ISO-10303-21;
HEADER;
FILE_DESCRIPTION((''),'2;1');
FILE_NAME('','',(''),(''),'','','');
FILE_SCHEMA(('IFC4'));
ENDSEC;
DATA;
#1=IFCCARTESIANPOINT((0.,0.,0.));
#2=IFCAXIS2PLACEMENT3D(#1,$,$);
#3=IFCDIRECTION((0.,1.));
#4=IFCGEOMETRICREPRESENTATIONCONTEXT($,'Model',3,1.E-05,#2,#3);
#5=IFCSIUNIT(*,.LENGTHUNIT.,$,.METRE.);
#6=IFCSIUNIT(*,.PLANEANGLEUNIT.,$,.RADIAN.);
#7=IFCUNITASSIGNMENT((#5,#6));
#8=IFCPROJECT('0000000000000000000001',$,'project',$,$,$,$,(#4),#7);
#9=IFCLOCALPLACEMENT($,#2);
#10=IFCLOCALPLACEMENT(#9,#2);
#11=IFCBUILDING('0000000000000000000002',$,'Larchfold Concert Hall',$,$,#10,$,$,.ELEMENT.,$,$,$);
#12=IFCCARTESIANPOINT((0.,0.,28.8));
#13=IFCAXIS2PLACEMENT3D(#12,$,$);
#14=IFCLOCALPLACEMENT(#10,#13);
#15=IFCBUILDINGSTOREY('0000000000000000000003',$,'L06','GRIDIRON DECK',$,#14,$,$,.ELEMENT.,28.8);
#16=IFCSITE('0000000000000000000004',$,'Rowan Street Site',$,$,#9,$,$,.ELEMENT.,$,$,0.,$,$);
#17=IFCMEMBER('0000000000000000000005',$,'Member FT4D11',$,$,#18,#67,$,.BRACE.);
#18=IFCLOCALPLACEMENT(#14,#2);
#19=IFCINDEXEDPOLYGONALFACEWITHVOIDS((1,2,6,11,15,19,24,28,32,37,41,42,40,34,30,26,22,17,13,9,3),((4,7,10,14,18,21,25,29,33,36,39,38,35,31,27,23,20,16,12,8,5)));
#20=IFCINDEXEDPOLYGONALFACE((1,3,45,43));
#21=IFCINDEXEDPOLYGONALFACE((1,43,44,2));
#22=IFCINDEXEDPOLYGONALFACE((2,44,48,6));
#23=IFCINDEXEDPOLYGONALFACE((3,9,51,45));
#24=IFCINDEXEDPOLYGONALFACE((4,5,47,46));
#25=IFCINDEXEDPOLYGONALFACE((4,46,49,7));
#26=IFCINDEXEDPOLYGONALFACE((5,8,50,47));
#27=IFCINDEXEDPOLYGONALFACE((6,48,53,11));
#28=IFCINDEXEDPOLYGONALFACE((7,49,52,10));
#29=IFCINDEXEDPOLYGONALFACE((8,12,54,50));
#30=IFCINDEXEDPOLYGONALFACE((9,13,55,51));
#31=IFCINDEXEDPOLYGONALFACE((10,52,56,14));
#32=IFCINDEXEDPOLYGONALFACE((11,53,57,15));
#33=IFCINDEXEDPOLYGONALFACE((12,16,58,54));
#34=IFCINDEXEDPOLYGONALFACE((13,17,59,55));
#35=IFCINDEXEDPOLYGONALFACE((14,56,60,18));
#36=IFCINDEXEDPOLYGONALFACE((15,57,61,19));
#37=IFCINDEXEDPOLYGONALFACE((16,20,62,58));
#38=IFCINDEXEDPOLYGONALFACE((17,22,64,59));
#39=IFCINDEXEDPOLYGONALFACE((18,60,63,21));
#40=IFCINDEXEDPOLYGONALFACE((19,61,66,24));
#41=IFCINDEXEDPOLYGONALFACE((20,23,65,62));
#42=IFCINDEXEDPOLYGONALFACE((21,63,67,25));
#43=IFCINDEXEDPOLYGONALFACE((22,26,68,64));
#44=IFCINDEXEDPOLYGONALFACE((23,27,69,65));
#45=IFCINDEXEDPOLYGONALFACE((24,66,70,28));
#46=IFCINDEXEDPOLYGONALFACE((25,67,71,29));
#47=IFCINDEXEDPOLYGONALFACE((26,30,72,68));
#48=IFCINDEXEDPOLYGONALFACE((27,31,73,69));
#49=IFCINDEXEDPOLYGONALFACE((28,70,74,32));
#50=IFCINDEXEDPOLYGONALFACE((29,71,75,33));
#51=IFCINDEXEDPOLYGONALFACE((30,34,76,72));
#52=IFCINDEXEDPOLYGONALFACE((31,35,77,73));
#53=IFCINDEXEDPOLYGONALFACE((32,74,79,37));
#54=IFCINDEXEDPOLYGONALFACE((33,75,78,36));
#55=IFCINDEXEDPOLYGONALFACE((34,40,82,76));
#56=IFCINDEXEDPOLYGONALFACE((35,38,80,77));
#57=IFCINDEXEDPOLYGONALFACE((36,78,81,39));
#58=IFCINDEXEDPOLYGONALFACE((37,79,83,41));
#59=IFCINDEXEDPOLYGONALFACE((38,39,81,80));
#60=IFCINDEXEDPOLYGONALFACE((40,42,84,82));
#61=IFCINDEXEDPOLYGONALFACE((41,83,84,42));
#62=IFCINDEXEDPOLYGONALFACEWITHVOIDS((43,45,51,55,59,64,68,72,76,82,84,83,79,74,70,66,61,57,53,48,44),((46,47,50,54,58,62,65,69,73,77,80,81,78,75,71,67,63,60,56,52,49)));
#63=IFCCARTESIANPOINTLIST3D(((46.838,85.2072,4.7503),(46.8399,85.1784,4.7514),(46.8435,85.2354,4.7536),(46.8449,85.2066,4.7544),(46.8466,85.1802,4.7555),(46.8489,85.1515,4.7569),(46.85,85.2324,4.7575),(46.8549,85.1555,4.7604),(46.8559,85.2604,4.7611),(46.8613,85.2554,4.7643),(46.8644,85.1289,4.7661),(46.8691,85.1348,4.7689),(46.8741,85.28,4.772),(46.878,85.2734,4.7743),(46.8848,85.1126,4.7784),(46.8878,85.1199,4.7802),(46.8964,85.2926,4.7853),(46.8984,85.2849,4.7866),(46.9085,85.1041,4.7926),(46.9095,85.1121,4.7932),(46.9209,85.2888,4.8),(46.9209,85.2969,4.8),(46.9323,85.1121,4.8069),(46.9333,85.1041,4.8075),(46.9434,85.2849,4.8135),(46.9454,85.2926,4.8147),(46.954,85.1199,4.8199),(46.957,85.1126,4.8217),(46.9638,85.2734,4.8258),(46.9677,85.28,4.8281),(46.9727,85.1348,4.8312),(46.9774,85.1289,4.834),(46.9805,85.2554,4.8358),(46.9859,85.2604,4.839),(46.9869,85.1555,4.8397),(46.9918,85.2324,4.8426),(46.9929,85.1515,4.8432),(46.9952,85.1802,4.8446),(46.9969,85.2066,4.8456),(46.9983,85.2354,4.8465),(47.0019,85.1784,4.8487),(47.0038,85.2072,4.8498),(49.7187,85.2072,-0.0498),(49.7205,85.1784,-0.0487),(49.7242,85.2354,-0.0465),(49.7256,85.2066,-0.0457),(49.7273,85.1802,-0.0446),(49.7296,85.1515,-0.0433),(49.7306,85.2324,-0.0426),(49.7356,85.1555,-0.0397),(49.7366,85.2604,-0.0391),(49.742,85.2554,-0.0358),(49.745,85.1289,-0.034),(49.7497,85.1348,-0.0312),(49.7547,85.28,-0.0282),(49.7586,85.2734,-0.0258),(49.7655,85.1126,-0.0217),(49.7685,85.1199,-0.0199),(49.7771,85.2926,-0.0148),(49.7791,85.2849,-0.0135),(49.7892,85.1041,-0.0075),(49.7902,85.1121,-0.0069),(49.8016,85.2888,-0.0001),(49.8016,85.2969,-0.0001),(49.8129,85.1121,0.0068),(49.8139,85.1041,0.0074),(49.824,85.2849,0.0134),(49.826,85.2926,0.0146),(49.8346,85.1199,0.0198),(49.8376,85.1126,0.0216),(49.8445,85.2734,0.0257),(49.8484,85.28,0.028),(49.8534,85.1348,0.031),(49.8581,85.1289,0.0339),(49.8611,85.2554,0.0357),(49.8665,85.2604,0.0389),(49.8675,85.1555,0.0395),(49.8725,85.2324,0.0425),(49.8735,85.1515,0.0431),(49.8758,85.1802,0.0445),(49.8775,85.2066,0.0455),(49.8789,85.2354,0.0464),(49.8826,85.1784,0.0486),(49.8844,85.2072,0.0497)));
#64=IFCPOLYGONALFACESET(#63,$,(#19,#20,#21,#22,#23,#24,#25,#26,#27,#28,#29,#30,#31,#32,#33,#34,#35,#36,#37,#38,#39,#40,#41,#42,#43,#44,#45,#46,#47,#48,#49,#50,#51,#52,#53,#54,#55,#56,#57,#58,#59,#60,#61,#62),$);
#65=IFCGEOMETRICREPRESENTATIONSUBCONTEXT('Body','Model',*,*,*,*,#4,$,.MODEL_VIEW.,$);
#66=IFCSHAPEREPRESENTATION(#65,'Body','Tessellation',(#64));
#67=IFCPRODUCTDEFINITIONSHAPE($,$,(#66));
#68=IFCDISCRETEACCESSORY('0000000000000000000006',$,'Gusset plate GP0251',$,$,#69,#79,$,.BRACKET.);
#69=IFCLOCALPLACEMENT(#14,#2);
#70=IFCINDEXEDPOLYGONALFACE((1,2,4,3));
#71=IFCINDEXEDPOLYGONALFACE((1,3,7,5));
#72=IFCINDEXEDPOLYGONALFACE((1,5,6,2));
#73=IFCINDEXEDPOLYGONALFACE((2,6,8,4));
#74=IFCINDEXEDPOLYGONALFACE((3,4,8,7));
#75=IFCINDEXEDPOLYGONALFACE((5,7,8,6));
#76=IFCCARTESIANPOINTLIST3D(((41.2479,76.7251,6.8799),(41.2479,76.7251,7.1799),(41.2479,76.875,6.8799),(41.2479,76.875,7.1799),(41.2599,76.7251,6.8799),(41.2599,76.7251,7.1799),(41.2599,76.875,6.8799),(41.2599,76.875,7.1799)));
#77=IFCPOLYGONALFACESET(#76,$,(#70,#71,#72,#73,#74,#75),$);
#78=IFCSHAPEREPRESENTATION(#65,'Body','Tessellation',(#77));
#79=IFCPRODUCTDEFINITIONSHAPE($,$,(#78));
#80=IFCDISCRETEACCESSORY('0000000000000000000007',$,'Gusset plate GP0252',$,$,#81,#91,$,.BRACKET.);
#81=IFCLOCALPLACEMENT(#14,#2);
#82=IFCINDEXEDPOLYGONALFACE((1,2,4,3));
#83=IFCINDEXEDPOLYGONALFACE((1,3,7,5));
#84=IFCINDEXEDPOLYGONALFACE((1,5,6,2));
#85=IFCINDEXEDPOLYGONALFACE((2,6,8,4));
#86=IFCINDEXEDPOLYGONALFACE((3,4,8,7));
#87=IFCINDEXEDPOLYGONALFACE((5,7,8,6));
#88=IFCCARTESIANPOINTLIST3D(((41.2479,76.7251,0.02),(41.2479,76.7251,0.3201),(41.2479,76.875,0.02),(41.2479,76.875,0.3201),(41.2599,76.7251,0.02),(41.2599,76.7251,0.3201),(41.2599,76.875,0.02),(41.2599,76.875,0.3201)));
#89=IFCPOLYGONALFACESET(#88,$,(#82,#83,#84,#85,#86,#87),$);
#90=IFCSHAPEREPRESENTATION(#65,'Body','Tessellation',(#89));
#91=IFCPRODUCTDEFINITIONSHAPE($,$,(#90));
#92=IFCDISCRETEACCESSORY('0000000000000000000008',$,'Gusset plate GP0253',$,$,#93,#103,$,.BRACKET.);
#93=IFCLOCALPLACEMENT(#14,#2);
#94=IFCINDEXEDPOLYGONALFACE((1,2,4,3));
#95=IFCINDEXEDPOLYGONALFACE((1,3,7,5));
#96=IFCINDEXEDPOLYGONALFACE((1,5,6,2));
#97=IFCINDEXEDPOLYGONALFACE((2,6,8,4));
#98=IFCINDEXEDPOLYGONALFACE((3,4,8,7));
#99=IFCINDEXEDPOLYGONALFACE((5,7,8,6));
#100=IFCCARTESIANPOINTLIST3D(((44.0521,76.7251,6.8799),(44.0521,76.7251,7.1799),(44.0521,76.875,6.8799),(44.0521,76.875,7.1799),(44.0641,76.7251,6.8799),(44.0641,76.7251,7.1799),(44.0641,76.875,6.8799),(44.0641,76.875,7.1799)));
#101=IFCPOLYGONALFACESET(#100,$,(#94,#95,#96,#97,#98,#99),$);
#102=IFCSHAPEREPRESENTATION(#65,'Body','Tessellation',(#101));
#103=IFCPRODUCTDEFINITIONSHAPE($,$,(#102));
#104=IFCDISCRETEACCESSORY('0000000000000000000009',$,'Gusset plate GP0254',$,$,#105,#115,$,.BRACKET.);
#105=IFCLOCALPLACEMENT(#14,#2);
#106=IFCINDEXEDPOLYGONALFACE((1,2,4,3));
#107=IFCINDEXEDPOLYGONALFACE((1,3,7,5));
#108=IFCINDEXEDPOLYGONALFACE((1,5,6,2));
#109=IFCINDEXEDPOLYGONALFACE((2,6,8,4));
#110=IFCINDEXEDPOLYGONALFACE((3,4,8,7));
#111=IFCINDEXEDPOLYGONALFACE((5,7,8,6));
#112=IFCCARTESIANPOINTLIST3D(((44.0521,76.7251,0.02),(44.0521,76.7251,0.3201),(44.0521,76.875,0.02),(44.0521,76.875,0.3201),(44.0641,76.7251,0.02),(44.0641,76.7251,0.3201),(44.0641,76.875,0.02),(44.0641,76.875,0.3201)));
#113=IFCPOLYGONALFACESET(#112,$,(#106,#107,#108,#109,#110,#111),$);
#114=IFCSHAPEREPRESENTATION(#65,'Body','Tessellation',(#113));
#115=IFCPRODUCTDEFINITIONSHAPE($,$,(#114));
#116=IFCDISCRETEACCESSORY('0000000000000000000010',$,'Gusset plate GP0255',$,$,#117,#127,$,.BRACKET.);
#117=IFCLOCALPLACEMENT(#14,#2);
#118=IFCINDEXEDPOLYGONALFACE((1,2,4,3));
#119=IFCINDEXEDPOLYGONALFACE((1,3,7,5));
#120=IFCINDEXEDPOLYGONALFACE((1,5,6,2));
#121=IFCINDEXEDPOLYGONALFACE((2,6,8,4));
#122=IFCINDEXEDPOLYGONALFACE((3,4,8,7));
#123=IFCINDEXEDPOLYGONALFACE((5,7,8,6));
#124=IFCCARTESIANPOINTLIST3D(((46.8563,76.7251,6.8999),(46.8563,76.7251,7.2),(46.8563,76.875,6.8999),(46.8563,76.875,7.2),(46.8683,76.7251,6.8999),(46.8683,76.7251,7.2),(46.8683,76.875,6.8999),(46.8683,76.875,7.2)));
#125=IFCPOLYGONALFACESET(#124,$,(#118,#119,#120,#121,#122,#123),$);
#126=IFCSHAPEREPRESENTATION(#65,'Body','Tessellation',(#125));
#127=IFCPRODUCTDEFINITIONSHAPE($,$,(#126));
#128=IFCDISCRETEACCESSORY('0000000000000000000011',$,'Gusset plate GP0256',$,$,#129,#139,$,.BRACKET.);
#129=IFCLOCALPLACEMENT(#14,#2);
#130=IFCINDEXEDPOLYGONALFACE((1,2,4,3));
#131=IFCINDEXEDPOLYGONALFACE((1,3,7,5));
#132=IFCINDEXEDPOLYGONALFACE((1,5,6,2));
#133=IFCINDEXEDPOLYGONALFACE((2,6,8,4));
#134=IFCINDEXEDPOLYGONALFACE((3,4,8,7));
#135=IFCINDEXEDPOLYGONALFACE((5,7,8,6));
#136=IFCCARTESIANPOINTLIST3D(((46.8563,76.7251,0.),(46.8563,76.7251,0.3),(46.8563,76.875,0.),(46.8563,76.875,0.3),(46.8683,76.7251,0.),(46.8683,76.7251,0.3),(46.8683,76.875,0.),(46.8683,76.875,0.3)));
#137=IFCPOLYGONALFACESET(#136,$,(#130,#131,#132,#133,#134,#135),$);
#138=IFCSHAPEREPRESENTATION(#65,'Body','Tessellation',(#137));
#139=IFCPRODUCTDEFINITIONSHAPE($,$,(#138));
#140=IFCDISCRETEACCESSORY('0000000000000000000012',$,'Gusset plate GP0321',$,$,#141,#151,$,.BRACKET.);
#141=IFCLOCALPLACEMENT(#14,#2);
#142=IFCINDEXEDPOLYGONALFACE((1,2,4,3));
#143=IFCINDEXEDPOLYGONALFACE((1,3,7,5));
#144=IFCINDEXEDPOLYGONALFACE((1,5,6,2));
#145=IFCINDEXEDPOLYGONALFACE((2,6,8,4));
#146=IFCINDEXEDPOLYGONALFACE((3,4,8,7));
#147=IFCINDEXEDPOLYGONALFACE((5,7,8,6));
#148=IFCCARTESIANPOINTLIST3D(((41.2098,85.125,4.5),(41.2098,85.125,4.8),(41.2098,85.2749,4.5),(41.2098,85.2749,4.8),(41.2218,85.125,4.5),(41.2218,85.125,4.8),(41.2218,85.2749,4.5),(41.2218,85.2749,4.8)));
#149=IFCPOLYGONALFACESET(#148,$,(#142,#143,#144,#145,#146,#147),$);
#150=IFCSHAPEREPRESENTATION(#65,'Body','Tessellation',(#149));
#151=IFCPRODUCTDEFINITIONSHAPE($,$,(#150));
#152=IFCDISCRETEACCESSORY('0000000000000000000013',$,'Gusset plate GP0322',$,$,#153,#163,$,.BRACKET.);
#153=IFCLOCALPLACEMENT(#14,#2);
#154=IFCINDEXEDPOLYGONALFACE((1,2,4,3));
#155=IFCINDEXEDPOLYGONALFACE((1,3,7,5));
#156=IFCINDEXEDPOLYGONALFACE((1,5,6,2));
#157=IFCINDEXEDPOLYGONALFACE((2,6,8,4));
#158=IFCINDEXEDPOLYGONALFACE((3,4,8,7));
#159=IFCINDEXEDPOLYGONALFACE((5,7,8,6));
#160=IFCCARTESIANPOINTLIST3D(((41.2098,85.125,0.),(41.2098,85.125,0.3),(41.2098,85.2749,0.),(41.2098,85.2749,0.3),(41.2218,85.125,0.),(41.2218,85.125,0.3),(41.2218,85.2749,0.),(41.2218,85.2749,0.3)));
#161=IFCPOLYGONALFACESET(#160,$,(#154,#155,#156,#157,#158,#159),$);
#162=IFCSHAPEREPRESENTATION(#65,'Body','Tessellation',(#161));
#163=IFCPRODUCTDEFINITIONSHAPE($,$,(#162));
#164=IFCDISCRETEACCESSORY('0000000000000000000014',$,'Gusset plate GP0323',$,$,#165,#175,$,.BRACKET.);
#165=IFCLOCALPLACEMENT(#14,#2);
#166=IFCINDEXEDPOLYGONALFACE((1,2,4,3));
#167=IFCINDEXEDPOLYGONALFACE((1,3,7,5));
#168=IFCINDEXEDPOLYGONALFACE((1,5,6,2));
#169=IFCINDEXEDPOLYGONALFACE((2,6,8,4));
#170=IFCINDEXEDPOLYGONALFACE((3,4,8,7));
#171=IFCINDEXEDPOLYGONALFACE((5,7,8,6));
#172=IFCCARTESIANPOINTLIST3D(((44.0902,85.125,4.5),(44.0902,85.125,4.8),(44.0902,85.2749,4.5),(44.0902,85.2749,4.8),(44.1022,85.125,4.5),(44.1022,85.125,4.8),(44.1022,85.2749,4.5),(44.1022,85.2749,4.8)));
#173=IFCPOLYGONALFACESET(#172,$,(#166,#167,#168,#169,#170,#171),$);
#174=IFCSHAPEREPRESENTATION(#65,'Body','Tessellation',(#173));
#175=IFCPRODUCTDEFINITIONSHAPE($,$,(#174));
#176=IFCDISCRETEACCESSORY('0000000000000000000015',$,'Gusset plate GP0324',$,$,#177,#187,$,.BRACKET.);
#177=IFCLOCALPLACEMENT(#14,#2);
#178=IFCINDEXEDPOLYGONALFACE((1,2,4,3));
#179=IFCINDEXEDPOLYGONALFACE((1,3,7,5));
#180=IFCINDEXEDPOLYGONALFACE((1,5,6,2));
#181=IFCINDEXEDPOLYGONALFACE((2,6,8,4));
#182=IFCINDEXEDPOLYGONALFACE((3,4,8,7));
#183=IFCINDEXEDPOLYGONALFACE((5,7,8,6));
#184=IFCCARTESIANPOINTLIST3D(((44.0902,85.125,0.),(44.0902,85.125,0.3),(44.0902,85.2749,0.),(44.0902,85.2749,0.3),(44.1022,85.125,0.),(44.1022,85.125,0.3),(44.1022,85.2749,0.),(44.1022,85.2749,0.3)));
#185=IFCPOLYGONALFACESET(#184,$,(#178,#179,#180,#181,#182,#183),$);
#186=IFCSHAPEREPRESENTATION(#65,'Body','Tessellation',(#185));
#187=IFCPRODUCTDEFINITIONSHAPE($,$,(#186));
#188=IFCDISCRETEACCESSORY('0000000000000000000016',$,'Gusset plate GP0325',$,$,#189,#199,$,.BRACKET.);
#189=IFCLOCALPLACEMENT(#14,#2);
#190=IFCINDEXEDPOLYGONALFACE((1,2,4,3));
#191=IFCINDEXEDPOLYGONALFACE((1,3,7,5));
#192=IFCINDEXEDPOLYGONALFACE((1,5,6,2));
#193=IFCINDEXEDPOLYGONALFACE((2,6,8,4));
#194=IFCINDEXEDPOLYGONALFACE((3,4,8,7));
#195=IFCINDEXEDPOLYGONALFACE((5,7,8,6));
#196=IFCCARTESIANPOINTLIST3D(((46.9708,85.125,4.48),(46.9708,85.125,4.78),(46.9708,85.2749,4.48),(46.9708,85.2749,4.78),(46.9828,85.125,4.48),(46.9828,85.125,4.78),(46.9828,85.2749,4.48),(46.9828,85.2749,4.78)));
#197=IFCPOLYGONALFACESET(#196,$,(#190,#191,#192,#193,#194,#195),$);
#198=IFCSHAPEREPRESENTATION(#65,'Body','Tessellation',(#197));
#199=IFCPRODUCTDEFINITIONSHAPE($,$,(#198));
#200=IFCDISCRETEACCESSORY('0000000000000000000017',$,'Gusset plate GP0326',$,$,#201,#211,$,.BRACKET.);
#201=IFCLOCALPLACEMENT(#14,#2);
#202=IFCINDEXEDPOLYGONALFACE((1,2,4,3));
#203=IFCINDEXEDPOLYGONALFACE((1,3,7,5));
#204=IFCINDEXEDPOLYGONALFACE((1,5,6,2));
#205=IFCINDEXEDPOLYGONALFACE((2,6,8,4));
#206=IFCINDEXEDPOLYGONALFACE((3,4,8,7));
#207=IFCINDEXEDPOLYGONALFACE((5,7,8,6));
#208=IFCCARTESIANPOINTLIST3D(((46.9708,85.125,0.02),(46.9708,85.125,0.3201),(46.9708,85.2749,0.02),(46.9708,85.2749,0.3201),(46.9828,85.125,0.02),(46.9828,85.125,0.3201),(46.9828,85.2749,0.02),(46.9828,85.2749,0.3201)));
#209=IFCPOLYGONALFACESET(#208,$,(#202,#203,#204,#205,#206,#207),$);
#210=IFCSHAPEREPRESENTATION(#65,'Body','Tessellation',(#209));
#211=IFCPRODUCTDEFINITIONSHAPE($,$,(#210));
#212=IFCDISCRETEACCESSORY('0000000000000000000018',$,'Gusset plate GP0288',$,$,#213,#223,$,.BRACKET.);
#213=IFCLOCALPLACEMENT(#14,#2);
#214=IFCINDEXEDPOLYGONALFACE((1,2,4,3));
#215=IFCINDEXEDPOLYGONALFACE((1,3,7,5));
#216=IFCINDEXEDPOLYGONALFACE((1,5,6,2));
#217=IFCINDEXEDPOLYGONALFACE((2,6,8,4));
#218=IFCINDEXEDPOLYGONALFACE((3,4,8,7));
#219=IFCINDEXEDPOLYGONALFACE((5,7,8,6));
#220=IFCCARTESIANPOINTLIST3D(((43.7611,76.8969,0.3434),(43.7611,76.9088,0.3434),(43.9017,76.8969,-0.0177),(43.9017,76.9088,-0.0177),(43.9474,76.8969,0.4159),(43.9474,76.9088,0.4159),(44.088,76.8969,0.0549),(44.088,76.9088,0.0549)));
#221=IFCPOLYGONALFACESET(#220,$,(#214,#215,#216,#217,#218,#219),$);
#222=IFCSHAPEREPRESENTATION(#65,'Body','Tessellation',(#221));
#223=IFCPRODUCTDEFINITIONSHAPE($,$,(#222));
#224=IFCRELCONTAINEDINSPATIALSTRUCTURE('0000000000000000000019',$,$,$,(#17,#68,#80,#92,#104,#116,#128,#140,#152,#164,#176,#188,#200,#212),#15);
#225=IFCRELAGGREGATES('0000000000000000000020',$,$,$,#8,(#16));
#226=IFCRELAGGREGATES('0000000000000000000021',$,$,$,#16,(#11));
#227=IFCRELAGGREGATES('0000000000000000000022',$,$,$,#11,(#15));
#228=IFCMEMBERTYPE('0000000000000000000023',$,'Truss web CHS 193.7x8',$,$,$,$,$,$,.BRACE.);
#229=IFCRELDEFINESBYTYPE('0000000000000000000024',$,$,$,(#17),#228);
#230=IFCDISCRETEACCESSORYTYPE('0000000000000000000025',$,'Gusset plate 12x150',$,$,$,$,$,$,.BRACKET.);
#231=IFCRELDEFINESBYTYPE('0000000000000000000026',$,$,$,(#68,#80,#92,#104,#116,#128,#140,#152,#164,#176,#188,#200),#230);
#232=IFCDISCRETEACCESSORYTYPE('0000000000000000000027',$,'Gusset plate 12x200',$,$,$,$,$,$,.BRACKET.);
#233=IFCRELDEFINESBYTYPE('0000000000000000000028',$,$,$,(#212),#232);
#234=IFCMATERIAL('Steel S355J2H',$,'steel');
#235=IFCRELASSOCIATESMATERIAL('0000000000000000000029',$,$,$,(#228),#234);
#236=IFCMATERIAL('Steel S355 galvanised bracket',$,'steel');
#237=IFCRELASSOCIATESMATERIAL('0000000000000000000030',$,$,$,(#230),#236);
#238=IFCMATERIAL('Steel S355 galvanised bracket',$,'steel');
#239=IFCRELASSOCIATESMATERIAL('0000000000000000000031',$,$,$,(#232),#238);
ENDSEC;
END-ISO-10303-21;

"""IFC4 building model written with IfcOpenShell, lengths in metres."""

from ifc_helpers import new_model, si_unit, direction, frame, origin, origin_2d, place, context, subcontext, project, spatial, rectangle, hollow_circle, extrude, material, material_profile, profile_set, type_object, element, save


model = new_model("IFC4")

# Units and contexts
model_context = context("Model", 3, precision=1e-05, world=origin(), true_north=direction((0.0, 1.0)))
body_context = subcontext(model_context, "Body", "Model", "MODEL_VIEW")
ifc_project = project(units=[si_unit("LENGTHUNIT", "METRE"), si_unit("PLANEANGLEUNIT", "RADIAN")], contexts=[model_context])

# Site, building, storey
site_placement = place(None, origin())
site = spatial("IfcSite", under=ifc_project, at=site_placement, Name="Rowan Street Site", CompositionType="ELEMENT", RefElevation=0.0)
building_placement = place(site_placement, origin())
building = spatial("IfcBuilding", under=site, at=building_placement, Name="Larchfold Concert Hall", CompositionType="ELEMENT")
storey_placement = place(building_placement, frame((0.0, 0.0, 28.8)))
storey = spatial("IfcBuildingStorey", under=building, at=storey_placement, Name="L06", Description="GRIDIRON DECK", CompositionType="ELEMENT", Elevation=28.8)

# Member
ifc_material_1 = material(Name="Steel S355J2H", Category="steel")
ifc_material_profile_1 = material_profile(ifc_material_1, hollow_circle(Radius=0.0969, WallThickness=0.0081, at=origin_2d()))
ifc_profile_set_1 = profile_set([ifc_material_profile_1], Name="Steel S355J2H")
member_type_1 = type_object("IfcMemberType", Name="Truss web CHS 193.7x8", PredefinedType="BRACE", material=ifc_profile_set_1)
for number, where, z_axis, x_axis, name in (
    (1, (46.9209, 85.2, 4.8), (0.514573, 0.0, -0.857447), (0.0, 1.0, 0.0), "Member FT4D11"),
):
    element("IfcMember", number, at=place(storey_placement, frame(where, z_axis=z_axis, x_axis=x_axis)), inside=storey, type_object=member_type_1, Name=name, PredefinedType="BRACE", context=body_context, shape_type="SweptSolid", body=[
        extrude(hollow_circle(Radius=0.0969, WallThickness=0.0081, at=origin_2d()), origin(), (0.0, 0.0, 1.0), 5.5981),
    ])

# Discrete accessories
ifc_material_2 = material(Name="Steel S355 galvanised bracket", Category="steel")
ifc_material_profile_2 = material_profile(ifc_material_2, rectangle(XDim=0.012, YDim=0.1499, at=origin_2d()))
ifc_profile_set_2 = profile_set([ifc_material_profile_2], Name="Steel S355 galvanised bracket")
discrete_accessory_type_1 = type_object("IfcDiscreteAccessoryType", Name="Gusset plate 12x150", PredefinedType="BRACKET", material=ifc_profile_set_2)
for number, where, z_axis, x_axis, name in (
    (2, (41.2539, 76.8, 7.1799), (0.0, 0.0, -1.0), (1.0, 0.0, 0.0), "Gusset plate GP0251"),
    (3, (41.2539, 76.8, 0.3201), (0.0, 0.0, -1.0), (1.0, 0.0, 0.0), "Gusset plate GP0252"),
    (4, (44.0581, 76.8, 7.1799), (0.0, 0.0, -1.0), (1.0, 0.0, 0.0), "Gusset plate GP0253"),
    (5, (44.0581, 76.8, 0.3201), (0.0, 0.0, -1.0), (1.0, 0.0, 0.0), "Gusset plate GP0254"),
    (6, (46.8623, 76.8, 7.2), (0.0, 0.0, -1.0), (1.0, 0.0, 0.0), "Gusset plate GP0255"),
    (7, (46.8623, 76.8, 0.3), (0.0, 0.0, -1.0), (1.0, 0.0, 0.0), "Gusset plate GP0256"),
    (8, (41.2158, 85.2, 4.8), (0.0, 0.0, -1.0), (1.0, 0.0, 0.0), "Gusset plate GP0321"),
    (9, (41.2158, 85.2, 0.3), (0.0, 0.0, -1.0), (1.0, 0.0, 0.0), "Gusset plate GP0322"),
    (10, (44.0962, 85.2, 4.8), (0.0, 0.0, -1.0), (1.0, 0.0, 0.0), "Gusset plate GP0323"),
    (11, (44.0962, 85.2, 0.3), (0.0, 0.0, -1.0), (1.0, 0.0, 0.0), "Gusset plate GP0324"),
    (12, (46.9768, 85.2, 4.78), (0.0, 0.0, -1.0), (1.0, 0.0, 0.0), "Gusset plate GP0325"),
    (13, (46.9768, 85.2, 0.3201), (0.0, 0.0, -1.0), (1.0, 0.0, 0.0), "Gusset plate GP0326"),
):
    element("IfcDiscreteAccessory", number, at=place(storey_placement, frame(where, z_axis=z_axis, x_axis=x_axis)), inside=storey, type_object=discrete_accessory_type_1, Name=name, PredefinedType="BRACKET", context=body_context, shape_type="SweptSolid", body=[
        extrude(rectangle(XDim=0.012, YDim=0.1499, at=origin_2d()), origin(), (0.0, 0.0, 1.0), 0.3),
    ])
ifc_material_3 = material(Name="Steel S355 galvanised bracket", Category="steel")
ifc_material_profile_3 = material_profile(ifc_material_3, rectangle(XDim=0.012, YDim=0.2, at=origin_2d()))
ifc_profile_set_3 = profile_set([ifc_material_profile_3], Name="Steel S355 galvanised bracket")
discrete_accessory_type_2 = type_object("IfcDiscreteAccessoryType", Name="Gusset plate 12x200", PredefinedType="BRACKET", material=ifc_profile_set_3)
for number, where, z_axis, x_axis, name in (
    (14, (43.8542, 76.9028, 0.3796), (0.362902, 0.0, -0.931827), (0.0, 1.0, 0.0), "Gusset plate GP0288"),
):
    element("IfcDiscreteAccessory", number, at=place(storey_placement, frame(where, z_axis=z_axis, x_axis=x_axis)), inside=storey, type_object=discrete_accessory_type_2, Name=name, PredefinedType="BRACKET", context=body_context, shape_type="SweptSolid", body=[
        extrude(rectangle(XDim=0.012, YDim=0.2, at=origin_2d()), origin(), (0.0, 0.0, 1.0), 0.3875),
    ])

save(model, "model.ifc")
